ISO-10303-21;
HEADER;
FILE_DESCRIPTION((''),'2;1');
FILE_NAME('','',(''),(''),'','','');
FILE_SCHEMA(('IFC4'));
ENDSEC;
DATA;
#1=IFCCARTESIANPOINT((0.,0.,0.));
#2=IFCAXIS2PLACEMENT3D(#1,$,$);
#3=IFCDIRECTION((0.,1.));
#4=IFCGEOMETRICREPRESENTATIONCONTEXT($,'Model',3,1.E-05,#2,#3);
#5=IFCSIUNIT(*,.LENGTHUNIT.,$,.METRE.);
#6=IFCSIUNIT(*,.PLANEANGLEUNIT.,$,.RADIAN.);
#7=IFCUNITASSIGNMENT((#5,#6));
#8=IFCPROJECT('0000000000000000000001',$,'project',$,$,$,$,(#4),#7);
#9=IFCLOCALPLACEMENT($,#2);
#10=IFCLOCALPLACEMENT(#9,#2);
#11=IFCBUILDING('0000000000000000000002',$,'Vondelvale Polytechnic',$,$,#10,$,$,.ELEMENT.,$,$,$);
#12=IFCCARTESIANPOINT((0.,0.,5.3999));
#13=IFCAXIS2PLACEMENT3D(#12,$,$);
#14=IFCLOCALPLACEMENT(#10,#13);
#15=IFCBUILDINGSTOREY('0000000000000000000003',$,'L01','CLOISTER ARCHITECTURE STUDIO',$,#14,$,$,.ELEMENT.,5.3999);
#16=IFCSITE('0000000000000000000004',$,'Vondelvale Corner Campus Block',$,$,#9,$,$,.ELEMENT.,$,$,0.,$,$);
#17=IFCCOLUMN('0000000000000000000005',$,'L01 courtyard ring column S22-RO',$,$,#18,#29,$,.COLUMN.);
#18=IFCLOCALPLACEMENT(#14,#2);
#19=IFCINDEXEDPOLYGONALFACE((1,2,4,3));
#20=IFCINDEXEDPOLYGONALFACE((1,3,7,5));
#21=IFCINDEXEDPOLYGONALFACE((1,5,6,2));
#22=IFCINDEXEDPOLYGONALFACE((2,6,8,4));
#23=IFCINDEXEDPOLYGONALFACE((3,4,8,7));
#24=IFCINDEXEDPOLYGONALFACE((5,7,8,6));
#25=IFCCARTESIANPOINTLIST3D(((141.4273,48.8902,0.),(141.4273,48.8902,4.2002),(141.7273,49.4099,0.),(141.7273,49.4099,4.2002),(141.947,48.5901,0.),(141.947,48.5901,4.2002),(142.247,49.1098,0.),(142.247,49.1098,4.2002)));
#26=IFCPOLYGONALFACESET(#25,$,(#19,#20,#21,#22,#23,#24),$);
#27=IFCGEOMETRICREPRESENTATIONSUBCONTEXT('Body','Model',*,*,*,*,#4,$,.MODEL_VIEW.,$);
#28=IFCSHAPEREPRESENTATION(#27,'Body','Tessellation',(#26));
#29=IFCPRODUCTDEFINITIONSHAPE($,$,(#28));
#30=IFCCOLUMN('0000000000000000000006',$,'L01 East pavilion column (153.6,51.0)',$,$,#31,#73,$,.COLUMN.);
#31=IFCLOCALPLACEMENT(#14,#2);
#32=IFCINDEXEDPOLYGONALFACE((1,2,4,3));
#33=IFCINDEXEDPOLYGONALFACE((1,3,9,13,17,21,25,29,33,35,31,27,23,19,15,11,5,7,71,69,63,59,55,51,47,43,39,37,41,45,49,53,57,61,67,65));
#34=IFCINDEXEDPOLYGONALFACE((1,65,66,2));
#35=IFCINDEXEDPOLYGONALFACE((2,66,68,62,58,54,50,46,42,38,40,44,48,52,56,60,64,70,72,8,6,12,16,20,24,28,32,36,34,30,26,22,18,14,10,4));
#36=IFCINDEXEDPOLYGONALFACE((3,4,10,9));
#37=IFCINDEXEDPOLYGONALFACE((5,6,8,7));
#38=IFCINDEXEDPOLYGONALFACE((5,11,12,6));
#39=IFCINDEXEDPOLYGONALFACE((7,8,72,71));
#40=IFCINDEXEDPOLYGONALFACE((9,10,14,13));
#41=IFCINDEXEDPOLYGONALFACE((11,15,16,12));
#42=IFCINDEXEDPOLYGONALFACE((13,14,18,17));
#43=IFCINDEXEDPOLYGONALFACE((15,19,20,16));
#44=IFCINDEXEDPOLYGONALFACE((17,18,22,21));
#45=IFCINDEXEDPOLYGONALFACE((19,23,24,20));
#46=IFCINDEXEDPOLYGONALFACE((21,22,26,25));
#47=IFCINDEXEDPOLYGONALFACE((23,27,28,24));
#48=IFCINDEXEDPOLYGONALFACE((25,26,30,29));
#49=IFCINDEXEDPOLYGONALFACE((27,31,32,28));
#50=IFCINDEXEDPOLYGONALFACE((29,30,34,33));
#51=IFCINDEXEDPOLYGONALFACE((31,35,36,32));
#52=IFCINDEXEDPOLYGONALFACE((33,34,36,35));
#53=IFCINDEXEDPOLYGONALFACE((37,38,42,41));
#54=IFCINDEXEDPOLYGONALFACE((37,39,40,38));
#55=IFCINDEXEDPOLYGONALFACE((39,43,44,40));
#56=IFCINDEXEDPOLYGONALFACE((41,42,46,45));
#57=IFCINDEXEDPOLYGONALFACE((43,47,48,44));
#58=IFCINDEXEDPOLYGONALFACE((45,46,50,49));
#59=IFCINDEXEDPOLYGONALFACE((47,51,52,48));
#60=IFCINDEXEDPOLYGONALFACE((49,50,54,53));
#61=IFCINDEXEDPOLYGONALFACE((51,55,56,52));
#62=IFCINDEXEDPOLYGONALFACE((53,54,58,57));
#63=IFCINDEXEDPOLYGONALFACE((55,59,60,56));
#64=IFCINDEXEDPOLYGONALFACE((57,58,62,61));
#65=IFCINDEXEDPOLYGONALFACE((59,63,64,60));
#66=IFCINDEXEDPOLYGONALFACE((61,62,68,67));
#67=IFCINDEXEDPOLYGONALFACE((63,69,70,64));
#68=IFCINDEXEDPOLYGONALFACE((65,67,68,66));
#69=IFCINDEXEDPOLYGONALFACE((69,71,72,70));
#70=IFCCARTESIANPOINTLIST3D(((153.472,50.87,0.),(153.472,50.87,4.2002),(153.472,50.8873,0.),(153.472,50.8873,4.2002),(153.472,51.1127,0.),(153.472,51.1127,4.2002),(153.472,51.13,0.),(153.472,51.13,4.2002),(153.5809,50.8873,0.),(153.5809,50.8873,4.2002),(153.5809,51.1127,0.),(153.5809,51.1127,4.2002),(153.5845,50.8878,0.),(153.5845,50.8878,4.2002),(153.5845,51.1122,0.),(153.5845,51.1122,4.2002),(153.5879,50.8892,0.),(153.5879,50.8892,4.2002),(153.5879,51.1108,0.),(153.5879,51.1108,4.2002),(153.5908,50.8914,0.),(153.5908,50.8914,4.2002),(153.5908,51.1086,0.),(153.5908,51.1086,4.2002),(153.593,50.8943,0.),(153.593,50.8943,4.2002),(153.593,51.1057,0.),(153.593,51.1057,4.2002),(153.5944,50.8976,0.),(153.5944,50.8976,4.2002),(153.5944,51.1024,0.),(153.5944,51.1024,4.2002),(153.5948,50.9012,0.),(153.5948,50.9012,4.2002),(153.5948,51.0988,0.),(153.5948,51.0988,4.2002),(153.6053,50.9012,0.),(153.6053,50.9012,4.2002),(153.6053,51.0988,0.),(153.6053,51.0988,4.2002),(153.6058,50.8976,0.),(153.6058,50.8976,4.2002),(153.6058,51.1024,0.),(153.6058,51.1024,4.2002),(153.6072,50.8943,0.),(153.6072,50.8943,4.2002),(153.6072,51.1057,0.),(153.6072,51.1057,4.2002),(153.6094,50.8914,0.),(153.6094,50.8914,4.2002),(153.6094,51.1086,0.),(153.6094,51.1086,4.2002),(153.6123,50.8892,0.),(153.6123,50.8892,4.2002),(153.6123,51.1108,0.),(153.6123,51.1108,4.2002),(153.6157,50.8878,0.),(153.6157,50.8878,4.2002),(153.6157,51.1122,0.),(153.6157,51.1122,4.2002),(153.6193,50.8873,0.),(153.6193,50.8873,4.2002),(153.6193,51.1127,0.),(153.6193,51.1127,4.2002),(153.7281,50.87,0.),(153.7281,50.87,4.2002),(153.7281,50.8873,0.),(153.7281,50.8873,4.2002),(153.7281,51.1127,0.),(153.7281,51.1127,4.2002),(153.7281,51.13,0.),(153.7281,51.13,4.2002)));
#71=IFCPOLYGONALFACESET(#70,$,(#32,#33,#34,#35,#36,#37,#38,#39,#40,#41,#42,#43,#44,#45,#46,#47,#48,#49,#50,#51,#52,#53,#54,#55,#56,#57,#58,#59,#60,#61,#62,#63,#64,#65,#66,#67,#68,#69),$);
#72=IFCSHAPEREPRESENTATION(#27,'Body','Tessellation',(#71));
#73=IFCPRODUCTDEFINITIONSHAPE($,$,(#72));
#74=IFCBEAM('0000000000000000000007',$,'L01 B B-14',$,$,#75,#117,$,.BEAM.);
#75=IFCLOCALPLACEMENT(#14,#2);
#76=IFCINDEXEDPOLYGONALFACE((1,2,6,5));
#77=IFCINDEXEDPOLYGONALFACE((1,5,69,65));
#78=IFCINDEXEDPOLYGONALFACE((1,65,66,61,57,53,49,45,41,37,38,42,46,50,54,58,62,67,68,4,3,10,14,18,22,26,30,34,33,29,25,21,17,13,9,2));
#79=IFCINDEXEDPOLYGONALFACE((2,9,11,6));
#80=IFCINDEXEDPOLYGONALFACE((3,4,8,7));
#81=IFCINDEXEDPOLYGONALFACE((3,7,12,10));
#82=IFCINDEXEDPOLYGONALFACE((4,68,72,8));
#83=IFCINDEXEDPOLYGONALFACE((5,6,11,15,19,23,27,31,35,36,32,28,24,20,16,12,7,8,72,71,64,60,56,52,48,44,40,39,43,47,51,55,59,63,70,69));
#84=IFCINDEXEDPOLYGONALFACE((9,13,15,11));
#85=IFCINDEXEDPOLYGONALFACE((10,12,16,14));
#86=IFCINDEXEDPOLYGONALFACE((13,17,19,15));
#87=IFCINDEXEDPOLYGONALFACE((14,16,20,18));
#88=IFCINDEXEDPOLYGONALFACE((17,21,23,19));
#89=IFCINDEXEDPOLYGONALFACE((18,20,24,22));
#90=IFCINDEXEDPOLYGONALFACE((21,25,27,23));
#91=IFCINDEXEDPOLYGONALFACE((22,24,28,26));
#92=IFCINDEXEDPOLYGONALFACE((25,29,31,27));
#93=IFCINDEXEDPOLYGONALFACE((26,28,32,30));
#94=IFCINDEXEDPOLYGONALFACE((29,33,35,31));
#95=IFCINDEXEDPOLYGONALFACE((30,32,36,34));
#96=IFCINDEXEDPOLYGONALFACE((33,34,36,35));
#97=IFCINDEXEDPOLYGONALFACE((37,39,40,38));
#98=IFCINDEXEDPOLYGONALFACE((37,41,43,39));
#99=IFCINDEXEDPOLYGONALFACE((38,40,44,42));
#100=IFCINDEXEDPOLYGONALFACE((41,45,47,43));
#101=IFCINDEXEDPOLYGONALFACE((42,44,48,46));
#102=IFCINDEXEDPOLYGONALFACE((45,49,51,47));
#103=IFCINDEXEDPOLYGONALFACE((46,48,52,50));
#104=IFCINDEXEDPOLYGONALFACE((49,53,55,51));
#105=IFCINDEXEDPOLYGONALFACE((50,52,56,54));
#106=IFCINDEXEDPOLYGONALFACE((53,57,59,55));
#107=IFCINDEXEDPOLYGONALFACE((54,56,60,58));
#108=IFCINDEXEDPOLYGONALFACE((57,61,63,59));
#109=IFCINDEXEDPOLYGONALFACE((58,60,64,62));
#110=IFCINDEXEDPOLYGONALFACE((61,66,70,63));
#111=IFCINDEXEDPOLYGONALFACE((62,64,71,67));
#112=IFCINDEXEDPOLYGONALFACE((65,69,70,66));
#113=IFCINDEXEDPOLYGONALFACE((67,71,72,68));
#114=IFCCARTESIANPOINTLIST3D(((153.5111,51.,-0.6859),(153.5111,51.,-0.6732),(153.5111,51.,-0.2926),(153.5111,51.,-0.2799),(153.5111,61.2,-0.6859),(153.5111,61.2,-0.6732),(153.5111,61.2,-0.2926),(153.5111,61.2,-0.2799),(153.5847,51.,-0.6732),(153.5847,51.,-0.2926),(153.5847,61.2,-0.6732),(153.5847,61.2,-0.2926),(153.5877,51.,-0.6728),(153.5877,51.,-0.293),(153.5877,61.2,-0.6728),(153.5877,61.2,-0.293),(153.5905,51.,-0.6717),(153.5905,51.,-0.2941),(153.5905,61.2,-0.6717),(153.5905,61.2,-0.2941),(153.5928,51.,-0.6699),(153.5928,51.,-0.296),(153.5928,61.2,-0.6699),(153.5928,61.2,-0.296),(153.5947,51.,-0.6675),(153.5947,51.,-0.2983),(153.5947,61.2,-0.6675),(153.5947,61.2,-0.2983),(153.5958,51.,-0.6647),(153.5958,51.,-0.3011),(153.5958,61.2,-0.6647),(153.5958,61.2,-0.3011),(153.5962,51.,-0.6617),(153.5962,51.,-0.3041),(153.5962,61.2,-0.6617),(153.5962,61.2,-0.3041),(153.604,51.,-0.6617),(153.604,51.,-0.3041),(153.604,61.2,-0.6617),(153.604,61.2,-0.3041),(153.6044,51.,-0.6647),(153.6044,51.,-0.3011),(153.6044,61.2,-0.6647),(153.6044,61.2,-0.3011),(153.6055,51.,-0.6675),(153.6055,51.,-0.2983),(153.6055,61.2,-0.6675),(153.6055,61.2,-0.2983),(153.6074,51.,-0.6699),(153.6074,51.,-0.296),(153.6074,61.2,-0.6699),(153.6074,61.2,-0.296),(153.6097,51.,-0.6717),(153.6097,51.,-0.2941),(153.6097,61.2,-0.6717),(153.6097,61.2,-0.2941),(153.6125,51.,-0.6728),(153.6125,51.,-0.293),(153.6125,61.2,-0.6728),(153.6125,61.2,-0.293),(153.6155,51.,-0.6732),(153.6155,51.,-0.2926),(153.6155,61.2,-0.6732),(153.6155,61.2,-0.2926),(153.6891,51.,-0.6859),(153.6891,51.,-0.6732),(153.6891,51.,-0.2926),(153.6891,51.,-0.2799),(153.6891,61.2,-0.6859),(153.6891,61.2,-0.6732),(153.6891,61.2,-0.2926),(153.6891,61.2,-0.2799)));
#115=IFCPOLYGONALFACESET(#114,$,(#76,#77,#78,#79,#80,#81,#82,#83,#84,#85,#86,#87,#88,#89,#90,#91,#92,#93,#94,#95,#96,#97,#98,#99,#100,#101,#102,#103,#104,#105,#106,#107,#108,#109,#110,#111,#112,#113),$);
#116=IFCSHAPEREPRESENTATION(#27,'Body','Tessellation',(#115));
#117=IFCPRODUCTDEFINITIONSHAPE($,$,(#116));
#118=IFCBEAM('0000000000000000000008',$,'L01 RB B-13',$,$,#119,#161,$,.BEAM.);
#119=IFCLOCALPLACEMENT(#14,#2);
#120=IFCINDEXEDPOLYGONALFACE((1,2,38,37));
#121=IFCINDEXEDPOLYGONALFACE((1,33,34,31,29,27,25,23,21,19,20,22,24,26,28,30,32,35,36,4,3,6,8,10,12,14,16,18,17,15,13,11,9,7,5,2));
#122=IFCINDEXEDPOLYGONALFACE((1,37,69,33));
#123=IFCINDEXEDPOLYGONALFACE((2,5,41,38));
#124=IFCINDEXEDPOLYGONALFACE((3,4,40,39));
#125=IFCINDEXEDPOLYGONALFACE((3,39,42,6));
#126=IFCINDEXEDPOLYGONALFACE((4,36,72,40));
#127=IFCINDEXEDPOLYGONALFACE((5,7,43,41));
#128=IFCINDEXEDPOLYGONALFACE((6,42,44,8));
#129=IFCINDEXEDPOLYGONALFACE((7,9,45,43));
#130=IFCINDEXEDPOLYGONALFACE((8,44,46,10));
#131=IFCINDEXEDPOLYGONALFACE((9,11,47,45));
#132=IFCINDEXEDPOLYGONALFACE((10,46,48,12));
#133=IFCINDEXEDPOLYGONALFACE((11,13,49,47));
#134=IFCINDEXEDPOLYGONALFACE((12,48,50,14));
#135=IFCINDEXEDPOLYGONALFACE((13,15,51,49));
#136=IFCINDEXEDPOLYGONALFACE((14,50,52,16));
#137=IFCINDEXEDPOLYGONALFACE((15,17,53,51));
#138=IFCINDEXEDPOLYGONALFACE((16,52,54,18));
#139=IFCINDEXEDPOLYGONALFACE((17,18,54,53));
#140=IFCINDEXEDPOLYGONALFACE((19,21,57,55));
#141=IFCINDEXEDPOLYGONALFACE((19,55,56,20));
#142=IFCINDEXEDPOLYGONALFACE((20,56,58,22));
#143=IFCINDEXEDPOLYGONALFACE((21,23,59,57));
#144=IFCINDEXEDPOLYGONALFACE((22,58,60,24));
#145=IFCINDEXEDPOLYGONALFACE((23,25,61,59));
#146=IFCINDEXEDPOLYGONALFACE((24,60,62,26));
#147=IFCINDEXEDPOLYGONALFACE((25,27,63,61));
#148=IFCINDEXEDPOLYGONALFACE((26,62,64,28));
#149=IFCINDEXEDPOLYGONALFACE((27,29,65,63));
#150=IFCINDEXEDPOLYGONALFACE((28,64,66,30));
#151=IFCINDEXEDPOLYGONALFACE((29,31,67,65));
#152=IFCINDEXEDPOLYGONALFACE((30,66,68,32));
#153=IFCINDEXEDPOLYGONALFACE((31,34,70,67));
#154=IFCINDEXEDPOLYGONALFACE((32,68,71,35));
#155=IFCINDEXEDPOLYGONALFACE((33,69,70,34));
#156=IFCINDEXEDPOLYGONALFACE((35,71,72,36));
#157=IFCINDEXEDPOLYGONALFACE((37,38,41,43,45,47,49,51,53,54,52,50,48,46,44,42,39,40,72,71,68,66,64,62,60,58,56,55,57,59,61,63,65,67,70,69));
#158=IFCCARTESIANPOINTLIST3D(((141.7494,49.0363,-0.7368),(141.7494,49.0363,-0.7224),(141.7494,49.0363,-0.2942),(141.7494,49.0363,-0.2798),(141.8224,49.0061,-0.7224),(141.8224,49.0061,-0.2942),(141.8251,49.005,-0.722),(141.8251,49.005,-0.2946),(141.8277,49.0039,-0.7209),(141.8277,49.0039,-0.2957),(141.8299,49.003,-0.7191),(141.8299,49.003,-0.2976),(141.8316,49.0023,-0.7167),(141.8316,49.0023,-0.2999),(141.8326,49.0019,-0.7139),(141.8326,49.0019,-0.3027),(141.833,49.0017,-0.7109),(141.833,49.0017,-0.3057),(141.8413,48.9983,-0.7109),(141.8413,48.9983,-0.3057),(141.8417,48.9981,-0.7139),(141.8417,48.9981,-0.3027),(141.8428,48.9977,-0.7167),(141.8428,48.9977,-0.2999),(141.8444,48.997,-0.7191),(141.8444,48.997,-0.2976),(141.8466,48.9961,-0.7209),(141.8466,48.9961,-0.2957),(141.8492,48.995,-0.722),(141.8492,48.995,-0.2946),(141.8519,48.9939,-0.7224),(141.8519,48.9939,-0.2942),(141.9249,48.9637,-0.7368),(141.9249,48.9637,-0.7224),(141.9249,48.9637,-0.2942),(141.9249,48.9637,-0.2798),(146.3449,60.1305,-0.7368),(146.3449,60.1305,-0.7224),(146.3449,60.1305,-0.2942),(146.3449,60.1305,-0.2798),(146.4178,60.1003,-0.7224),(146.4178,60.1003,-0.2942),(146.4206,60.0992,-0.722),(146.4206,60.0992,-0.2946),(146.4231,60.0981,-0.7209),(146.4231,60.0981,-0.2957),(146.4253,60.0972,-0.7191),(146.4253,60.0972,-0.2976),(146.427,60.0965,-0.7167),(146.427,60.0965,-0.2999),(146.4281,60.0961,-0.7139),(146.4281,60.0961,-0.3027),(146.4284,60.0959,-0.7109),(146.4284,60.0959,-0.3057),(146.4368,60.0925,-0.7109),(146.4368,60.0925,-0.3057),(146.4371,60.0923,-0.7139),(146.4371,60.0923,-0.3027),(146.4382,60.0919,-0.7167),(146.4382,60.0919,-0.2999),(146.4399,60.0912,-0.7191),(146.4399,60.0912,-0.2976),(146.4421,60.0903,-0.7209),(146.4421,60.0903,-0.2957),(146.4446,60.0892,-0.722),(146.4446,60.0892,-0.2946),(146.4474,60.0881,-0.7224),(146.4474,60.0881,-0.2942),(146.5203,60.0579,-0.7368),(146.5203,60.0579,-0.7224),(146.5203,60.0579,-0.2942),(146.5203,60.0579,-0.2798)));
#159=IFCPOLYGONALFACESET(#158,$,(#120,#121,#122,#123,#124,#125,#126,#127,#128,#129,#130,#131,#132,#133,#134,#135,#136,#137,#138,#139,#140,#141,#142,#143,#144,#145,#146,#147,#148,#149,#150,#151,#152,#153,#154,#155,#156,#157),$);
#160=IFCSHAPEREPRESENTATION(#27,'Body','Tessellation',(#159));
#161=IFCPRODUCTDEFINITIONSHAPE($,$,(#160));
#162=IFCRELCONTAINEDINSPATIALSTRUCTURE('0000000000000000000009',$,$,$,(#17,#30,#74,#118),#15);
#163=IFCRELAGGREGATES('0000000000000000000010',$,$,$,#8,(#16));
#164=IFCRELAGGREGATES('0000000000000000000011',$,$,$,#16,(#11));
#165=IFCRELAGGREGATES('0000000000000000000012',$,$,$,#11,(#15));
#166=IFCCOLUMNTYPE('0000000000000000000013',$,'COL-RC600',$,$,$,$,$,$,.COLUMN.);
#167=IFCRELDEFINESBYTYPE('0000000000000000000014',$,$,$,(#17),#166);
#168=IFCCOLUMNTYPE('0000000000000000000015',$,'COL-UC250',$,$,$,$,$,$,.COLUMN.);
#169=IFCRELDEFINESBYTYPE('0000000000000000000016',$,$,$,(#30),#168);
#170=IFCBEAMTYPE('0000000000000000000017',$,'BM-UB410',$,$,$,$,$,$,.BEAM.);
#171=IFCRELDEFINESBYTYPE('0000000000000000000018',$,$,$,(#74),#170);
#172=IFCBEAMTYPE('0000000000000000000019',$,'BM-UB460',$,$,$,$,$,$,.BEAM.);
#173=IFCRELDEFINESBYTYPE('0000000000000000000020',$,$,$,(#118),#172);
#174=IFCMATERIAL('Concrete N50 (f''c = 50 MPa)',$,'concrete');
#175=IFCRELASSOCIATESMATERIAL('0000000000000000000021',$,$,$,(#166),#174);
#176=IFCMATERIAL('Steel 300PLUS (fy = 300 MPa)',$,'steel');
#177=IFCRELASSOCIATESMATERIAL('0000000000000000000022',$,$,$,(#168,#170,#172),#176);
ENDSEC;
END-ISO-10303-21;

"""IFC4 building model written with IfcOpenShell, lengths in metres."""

from ifc_helpers import new_model, si_unit, direction, frame, origin, origin_2d, place, context, subcontext, project, spatial, rectangle, i_section, extrude, material, material_profile, profile_set, type_object, element, save


model = new_model("IFC4")

# Units and contexts
model_context = context("Model", 3, precision=1e-05, world=origin(), true_north=direction((0.0, 1.0)))
body_context = subcontext(model_context, "Body", "Model", "MODEL_VIEW")
ifc_project = project(units=[si_unit("LENGTHUNIT", "METRE"), si_unit("PLANEANGLEUNIT", "RADIAN")], contexts=[model_context])

# Site, building, storey
site_placement = place(None, origin())
site = spatial("IfcSite", under=ifc_project, at=site_placement, Name="Vondelvale Corner Campus Block", CompositionType="ELEMENT", RefElevation=0.0)
building_placement = place(site_placement, origin())
building = spatial("IfcBuilding", under=site, at=building_placement, Name="Vondelvale Polytechnic", CompositionType="ELEMENT")
storey_placement = place(building_placement, frame((0.0, 0.0, 5.3999)))
storey = spatial("IfcBuildingStorey", under=building, at=storey_placement, Name="L01", Description="CLOISTER ARCHITECTURE STUDIO", CompositionType="ELEMENT", Elevation=5.3999)

# Columns
ifc_material_1 = material(Name="Concrete N50 (f'c = 50 MPa)", Category="concrete")
ifc_material_profile_1 = material_profile(ifc_material_1, rectangle(XDim=0.6001, YDim=0.6001, at=origin_2d()), Name="RC-COL-600x600")
ifc_profile_set_1 = profile_set([ifc_material_profile_1], Name="Concrete N50 (f'c = 50 MPa)")
column_type_1 = type_object("IfcColumnType", Name="COL-RC600", PredefinedType="COLUMN", material=ifc_profile_set_1)
column_1_placement = place(storey_placement, frame((141.8372, 49.0, 0.0), z_axis=(0.0, 0.0, 1.0), x_axis=(-0.866025, 0.5, 0.0)))
element("IfcColumn", 1, at=column_1_placement, inside=storey, type_object=column_type_1, Name="L01 courtyard ring column S22-RO", PredefinedType="COLUMN", context=body_context, shape_type="SweptSolid", body=[
    extrude(rectangle(XDim=0.6001, YDim=0.6001, at=origin_2d()), origin(), (0.0, 0.0, 1.0), 4.2002),
])
ifc_material_2 = material(Name="Steel 300PLUS (fy = 300 MPa)", Category="steel")
ifc_material_profile_2 = material_profile(ifc_material_2, i_section(OverallWidth=0.2561, OverallDepth=0.26, WebThickness=0.0105, FlangeThickness=0.0173, FilletRadius=0.0139, at=origin_2d()), Name="250UC89.5")
ifc_profile_set_2 = profile_set([ifc_material_profile_2], Name="Steel 300PLUS (fy = 300 MPa)")
column_type_2 = type_object("IfcColumnType", Name="COL-UC250", PredefinedType="COLUMN", material=ifc_profile_set_2)
column_2_placement = place(storey_placement, frame((153.6001, 51.0, 0.0), z_axis=(0.0, 0.0, 1.0), x_axis=(1.0, 0.0, 0.0)))
element("IfcColumn", 2, at=column_2_placement, inside=storey, type_object=column_type_2, Name="L01 East pavilion column (153.6,51.0)", PredefinedType="COLUMN", context=body_context, shape_type="SweptSolid", body=[
    extrude(i_section(OverallWidth=0.2561, OverallDepth=0.26, WebThickness=0.0105, FlangeThickness=0.0173, FilletRadius=0.0139, at=origin_2d()), origin(), (0.0, 0.0, 1.0), 4.2002),
])

# Beams
ifc_material_profile_3 = material_profile(ifc_material_2, i_section(OverallWidth=0.178, OverallDepth=0.406, WebThickness=0.0078, FlangeThickness=0.0127, FilletRadius=0.0115, at=origin_2d()), Name="410UB59.7")
ifc_profile_set_3 = profile_set([ifc_material_profile_3], Name="Steel 300PLUS (fy = 300 MPa)")
beam_type_1 = type_object("IfcBeamType", Name="BM-UB410", PredefinedType="BEAM", material=ifc_profile_set_3)
beam_1_placement = place(storey_placement, frame((153.6001, 51.0, -0.4829), z_axis=(0.0, 1.0, 0.0), x_axis=(-1.0, 0.0, 0.0)))
element("IfcBeam", 3, at=beam_1_placement, inside=storey, type_object=beam_type_1, Name="L01 B B-14", PredefinedType="BEAM", context=body_context, shape_type="SweptSolid", body=[
    extrude(i_section(OverallWidth=0.178, OverallDepth=0.406, WebThickness=0.0078, FlangeThickness=0.0127, FilletRadius=0.0115, at=origin_2d()), origin(), (0.0, 0.0, 1.0), 10.2),
])
ifc_material_profile_4 = material_profile(ifc_material_2, i_section(OverallWidth=0.1899, OverallDepth=0.457, WebThickness=0.009, FlangeThickness=0.0144, FilletRadius=0.0115, at=origin_2d()), Name="460UB74.6")
ifc_profile_set_4 = profile_set([ifc_material_profile_4], Name="Steel 300PLUS (fy = 300 MPa)")
beam_type_2 = type_object("IfcBeamType", Name="BM-UB460", PredefinedType="BEAM", material=ifc_profile_set_4)
beam_2_placement = place(storey_placement, frame((141.8372, 49.0, -0.5083), z_axis=(0.382689, 0.923877, 0.0), x_axis=(-0.923877, 0.382689, 0.0)))
element("IfcBeam", 4, at=beam_2_placement, inside=storey, type_object=beam_type_2, Name="L01 RB B-13", PredefinedType="BEAM", context=body_context, shape_type="SweptSolid", body=[
    extrude(i_section(OverallWidth=0.1899, OverallDepth=0.457, WebThickness=0.009, FlangeThickness=0.0144, FilletRadius=0.0115, at=origin_2d()), origin(), (0.0, 0.0, 1.0), 12.0083),
])

save(model, "model.ifc")
